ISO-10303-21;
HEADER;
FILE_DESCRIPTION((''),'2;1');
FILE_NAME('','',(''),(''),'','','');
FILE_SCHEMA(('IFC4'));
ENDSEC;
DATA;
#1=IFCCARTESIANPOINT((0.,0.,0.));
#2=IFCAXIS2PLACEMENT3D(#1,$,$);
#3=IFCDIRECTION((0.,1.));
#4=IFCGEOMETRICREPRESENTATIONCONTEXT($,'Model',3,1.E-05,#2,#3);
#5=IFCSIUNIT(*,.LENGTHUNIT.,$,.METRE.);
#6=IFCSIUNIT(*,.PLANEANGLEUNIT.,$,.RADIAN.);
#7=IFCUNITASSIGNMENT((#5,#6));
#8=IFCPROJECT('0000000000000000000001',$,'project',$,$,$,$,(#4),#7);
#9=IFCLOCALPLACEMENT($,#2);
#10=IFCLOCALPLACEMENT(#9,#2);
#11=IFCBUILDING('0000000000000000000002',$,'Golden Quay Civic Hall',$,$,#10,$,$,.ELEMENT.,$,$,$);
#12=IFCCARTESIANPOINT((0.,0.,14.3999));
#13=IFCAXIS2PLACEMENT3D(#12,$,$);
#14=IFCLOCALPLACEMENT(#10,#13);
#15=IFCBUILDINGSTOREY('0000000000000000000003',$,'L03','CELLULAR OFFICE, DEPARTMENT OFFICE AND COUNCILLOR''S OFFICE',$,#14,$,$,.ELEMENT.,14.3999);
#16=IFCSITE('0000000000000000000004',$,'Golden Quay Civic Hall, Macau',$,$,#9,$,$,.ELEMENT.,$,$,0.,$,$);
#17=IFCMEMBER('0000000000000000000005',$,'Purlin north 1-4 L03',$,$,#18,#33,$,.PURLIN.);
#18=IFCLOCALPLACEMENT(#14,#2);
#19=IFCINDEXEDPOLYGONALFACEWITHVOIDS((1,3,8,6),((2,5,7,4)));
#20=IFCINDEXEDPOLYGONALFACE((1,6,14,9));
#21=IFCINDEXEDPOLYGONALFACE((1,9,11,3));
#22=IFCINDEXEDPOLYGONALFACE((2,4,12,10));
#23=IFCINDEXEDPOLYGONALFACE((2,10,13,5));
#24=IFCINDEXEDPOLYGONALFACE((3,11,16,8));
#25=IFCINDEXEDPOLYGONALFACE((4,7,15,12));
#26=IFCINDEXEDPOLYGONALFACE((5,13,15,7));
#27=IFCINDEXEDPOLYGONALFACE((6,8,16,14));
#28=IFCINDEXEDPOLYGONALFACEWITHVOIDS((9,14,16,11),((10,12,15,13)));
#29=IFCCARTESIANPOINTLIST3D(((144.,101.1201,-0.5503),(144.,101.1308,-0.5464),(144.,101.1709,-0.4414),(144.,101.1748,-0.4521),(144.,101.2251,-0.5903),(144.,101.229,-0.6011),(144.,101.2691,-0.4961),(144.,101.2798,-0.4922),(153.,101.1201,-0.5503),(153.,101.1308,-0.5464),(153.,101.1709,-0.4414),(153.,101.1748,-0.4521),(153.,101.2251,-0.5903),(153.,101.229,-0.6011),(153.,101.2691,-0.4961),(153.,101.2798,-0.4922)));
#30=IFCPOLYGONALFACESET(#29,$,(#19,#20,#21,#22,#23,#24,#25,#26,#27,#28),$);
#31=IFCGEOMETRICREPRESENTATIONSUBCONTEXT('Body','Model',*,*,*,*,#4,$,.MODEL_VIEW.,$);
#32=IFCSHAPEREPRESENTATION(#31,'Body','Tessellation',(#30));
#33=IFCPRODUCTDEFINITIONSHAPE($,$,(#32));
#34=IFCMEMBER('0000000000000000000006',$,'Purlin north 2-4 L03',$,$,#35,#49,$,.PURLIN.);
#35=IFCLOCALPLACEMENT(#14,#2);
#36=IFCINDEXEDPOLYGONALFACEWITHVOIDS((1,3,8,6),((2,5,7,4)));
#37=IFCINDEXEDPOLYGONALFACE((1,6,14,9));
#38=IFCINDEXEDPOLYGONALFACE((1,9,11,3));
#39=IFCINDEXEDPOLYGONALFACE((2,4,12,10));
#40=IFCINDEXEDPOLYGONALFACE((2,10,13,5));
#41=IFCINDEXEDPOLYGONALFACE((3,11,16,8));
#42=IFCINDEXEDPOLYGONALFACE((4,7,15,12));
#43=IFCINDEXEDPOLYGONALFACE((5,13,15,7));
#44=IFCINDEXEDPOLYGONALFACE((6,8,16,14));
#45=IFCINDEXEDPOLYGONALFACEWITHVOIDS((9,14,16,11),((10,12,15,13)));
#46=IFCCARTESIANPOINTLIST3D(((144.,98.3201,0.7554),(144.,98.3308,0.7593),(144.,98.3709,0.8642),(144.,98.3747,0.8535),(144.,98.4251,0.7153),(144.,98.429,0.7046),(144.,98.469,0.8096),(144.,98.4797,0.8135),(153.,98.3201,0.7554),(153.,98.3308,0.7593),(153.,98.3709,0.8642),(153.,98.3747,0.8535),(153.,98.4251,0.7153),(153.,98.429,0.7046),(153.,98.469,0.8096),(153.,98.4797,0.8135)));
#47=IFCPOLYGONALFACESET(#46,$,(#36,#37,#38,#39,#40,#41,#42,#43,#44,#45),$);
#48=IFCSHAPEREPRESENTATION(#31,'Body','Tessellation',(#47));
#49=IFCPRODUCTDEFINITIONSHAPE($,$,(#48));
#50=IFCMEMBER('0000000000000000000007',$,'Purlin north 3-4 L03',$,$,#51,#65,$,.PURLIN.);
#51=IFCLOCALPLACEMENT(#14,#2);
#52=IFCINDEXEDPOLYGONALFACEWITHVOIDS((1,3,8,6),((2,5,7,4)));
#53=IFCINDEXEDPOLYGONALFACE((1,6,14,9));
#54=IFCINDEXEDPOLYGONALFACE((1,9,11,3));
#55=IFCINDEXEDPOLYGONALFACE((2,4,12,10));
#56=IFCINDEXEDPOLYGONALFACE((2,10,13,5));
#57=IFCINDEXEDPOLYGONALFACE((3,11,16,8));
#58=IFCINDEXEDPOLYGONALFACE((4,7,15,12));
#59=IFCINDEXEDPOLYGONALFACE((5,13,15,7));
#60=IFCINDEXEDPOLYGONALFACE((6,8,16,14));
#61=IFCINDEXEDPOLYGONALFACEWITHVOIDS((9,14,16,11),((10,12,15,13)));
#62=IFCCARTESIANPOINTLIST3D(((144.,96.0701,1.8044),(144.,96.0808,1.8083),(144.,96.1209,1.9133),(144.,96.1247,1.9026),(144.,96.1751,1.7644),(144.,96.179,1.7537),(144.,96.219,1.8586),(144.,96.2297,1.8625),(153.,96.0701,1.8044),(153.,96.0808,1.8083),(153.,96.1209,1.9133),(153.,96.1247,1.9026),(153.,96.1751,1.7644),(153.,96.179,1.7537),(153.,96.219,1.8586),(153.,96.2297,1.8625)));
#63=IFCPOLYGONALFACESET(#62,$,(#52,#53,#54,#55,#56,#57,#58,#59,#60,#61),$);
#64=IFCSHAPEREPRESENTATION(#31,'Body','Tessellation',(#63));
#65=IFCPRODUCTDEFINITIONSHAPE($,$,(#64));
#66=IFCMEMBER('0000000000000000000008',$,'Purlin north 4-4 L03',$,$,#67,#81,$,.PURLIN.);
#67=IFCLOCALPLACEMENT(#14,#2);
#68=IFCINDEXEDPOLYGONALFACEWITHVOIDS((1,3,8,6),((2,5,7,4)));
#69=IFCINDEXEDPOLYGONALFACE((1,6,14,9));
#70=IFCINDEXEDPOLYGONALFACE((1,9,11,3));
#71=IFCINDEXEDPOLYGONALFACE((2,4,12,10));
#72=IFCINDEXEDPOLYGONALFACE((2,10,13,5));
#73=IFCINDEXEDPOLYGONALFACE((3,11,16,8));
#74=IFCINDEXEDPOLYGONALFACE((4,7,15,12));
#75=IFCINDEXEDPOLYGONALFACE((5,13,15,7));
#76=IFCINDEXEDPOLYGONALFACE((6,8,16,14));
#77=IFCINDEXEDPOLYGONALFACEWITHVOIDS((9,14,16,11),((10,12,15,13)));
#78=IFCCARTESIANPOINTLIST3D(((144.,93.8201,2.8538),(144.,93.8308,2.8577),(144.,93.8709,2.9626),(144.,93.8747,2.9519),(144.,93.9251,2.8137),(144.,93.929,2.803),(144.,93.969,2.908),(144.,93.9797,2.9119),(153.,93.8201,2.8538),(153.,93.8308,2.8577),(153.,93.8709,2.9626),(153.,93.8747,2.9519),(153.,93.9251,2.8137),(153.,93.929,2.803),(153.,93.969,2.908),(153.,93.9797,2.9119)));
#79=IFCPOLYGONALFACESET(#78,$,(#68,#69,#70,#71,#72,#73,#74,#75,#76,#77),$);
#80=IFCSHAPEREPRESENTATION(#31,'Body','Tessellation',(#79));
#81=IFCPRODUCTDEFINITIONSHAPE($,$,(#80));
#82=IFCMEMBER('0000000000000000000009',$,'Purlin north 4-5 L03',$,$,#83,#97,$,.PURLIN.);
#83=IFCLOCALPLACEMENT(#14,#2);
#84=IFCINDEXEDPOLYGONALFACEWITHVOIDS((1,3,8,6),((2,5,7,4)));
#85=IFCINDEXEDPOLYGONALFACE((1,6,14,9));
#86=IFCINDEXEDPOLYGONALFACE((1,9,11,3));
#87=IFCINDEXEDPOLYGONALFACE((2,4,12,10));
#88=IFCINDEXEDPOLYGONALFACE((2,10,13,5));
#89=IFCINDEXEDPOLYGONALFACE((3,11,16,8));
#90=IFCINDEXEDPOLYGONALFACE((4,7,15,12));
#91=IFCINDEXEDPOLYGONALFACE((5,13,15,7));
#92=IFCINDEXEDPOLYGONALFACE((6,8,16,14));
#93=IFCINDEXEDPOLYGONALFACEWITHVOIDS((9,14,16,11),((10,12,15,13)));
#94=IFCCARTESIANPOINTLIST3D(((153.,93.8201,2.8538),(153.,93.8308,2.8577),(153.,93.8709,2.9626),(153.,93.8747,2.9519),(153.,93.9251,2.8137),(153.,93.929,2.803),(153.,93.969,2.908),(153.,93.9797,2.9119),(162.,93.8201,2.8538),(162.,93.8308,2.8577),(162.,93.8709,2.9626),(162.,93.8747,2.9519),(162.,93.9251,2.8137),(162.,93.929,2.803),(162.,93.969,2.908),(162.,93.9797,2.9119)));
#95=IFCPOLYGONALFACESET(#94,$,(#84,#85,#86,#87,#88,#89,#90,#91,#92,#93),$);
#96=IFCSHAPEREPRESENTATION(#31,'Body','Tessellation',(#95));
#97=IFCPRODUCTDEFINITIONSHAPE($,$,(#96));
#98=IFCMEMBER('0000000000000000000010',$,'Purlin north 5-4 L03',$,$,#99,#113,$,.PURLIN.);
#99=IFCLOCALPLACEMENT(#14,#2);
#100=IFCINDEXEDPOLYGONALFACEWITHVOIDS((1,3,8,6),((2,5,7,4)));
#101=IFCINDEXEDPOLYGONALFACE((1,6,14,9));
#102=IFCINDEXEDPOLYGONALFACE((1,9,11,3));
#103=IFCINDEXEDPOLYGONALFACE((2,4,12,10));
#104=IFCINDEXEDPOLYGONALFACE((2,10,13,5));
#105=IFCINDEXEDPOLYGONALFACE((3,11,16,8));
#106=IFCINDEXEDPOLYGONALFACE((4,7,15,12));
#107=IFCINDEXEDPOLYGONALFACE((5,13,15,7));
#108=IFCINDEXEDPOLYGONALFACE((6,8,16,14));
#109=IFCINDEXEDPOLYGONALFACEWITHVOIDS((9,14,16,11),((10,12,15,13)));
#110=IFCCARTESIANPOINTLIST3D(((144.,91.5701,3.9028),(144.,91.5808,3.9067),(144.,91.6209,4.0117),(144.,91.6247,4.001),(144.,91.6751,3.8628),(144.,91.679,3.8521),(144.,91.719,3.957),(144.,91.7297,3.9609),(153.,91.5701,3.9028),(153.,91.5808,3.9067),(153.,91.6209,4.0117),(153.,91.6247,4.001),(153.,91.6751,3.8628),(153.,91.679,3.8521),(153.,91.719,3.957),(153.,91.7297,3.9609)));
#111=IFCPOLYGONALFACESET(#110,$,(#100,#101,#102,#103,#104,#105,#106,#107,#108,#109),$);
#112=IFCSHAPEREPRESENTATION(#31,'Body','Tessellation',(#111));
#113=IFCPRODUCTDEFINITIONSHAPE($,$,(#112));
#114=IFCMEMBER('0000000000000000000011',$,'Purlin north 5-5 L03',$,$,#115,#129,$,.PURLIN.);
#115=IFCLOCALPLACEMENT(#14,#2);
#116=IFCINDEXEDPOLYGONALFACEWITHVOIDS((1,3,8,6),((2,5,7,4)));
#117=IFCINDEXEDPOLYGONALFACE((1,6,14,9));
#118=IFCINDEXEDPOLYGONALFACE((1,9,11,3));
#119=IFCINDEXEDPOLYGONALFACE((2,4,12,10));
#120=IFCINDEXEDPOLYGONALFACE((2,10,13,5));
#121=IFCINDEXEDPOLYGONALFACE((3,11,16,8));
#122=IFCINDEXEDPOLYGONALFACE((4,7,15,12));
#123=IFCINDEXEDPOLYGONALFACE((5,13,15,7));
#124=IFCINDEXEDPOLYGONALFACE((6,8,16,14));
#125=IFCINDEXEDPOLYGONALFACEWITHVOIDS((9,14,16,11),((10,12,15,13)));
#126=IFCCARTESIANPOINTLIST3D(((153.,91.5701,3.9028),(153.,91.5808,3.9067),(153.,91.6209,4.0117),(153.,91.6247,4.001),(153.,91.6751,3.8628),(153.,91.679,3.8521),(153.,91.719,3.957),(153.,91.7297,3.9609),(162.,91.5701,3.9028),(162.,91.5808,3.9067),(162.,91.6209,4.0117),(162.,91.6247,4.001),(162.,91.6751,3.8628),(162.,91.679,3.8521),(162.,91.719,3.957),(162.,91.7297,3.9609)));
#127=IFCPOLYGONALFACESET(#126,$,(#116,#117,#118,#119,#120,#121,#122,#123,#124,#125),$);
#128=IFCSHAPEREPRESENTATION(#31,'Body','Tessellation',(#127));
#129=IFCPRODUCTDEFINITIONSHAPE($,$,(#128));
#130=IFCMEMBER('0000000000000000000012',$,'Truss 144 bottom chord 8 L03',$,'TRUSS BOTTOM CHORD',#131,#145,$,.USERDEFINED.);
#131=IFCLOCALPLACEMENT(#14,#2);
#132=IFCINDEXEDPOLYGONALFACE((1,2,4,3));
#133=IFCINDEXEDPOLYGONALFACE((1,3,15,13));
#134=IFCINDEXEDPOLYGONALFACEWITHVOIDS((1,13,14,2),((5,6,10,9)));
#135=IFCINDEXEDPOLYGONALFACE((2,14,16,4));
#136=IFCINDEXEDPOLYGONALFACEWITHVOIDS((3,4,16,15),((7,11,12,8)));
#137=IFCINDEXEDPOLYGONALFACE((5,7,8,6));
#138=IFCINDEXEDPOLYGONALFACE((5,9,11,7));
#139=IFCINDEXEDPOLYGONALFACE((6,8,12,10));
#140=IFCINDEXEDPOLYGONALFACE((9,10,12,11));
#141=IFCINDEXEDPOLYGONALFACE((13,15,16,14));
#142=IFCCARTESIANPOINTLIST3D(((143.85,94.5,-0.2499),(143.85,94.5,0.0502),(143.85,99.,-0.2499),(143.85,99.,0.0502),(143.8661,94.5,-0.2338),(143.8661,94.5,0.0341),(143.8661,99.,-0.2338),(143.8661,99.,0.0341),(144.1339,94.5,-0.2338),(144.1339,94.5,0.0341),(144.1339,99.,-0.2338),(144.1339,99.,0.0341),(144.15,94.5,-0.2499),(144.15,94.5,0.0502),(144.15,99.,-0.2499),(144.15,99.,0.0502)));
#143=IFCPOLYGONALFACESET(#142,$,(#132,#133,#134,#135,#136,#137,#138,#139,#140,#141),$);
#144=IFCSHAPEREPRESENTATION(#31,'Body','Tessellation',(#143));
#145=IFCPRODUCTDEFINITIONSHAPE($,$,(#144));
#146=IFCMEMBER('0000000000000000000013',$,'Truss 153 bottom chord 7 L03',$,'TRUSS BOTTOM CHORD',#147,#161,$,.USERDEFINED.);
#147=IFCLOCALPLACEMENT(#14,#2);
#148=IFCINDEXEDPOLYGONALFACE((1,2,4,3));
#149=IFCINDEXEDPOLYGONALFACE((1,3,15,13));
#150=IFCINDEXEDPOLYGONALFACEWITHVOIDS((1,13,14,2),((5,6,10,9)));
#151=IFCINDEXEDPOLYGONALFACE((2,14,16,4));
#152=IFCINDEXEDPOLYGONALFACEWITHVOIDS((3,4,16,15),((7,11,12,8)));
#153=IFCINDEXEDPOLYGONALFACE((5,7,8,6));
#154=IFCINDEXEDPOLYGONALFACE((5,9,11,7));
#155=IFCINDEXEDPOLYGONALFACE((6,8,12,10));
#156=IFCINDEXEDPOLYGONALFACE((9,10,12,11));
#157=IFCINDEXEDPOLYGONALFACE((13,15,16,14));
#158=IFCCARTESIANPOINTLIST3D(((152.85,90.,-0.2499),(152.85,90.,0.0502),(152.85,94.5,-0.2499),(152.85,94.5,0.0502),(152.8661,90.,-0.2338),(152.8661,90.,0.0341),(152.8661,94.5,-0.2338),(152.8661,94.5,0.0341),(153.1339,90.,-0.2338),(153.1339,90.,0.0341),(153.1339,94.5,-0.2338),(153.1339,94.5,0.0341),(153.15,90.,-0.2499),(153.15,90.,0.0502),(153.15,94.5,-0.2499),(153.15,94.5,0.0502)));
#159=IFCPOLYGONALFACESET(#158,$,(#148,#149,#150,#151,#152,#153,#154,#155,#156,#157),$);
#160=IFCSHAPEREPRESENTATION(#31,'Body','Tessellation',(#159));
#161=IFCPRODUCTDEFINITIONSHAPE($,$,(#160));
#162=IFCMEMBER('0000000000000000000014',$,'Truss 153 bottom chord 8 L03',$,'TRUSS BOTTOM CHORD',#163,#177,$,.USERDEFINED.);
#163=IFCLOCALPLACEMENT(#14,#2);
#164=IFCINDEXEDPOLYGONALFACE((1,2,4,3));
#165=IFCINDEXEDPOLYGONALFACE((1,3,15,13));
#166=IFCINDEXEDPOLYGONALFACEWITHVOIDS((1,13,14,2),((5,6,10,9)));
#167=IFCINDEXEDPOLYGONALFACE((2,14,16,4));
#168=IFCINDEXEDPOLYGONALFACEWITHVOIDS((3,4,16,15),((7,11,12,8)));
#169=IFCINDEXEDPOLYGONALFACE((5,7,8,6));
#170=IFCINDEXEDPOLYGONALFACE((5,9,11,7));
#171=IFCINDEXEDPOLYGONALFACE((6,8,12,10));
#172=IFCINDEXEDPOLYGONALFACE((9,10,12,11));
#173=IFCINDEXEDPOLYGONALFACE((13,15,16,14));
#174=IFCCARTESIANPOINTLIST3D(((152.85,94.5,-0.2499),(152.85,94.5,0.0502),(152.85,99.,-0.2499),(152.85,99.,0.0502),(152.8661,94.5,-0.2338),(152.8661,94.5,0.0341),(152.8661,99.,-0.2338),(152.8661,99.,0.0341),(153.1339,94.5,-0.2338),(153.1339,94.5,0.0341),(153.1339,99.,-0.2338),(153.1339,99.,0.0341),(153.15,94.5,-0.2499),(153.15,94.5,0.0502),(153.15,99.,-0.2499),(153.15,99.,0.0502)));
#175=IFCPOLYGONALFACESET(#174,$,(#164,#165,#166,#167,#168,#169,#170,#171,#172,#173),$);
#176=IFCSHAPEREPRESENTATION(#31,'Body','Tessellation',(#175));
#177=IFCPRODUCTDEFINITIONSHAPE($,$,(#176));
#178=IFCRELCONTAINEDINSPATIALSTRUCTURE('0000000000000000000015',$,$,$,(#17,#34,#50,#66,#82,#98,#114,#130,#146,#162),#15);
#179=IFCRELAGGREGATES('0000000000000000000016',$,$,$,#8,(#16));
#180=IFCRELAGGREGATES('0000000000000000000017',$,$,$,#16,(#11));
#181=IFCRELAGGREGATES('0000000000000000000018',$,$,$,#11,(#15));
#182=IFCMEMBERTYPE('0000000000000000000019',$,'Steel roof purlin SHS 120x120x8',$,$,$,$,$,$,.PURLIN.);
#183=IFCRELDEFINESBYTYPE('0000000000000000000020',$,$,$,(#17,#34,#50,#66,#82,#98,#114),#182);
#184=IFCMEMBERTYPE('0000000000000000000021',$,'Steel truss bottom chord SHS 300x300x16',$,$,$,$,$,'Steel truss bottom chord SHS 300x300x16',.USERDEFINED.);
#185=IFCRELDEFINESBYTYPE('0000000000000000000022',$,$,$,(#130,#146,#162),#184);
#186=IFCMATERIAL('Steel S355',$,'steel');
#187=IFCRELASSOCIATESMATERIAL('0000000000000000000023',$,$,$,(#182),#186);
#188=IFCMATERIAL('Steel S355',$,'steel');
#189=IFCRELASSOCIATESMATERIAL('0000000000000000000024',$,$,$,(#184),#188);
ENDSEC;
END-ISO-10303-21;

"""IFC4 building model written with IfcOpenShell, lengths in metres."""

from ifc_helpers import new_model, si_unit, direction, frame, origin, origin_2d, place, context, subcontext, project, spatial, hollow_rectangle, extrude, material, material_profile, profile_set, type_object, element, save


model = new_model("IFC4")

# Units and contexts
model_context = context("Model", 3, precision=1e-05, world=origin(), true_north=direction((0.0, 1.0)))
body_context = subcontext(model_context, "Body", "Model", "MODEL_VIEW")
ifc_project = project(units=[si_unit("LENGTHUNIT", "METRE"), si_unit("PLANEANGLEUNIT", "RADIAN")], contexts=[model_context])

# Site, building, storey
site_placement = place(None, origin())
site = spatial("IfcSite", under=ifc_project, at=site_placement, Name="Golden Quay Civic Hall, Macau", CompositionType="ELEMENT", RefElevation=0.0)
building_placement = place(site_placement, origin())
building = spatial("IfcBuilding", under=site, at=building_placement, Name="Golden Quay Civic Hall", CompositionType="ELEMENT")
storey_placement = place(building_placement, frame((0.0, 0.0, 14.3999)))
storey = spatial("IfcBuildingStorey", under=building, at=storey_placement, Name="L03", Description="CELLULAR OFFICE, DEPARTMENT OFFICE AND COUNCILLOR'S OFFICE", CompositionType="ELEMENT", Elevation=14.3999)

# Members
ifc_material_1 = material(Name="Steel S355", Category="steel")
ifc_material_profile_1 = material_profile(ifc_material_1, hollow_rectangle(XDim=0.1201, YDim=0.1201, WallThickness=0.0081, at=origin_2d()), Name="SHS 120x120x8")
ifc_profile_set_1 = profile_set([ifc_material_profile_1], Name="Steel S355")
member_type_1 = type_object("IfcMemberType", Name="Steel roof purlin SHS 120x120x8", PredefinedType="PURLIN", material=ifc_profile_set_1)
for number, where, z_axis, x_axis, name in (
    (1, (144.0, 101.2, -0.5212), (1.0, 0.0, 0.0), (0.0, 0.906308, -0.422618), "Purlin north 1-4 L03"),
    (2, (144.0, 98.3999, 0.7844), (1.0, 0.0, 0.0), (0.0, 0.906308, -0.422618), "Purlin north 2-4 L03"),
    (3, (144.0, 96.1499, 1.8335), (1.0, 0.0, 0.0), (0.0, 0.906308, -0.422618), "Purlin north 3-4 L03"),
    (4, (144.0, 93.8999, 2.8828), (1.0, 0.0, 0.0), (0.0, 0.906308, -0.422618), "Purlin north 4-4 L03"),
    (5, (153.0, 93.8999, 2.8828), (1.0, 0.0, 0.0), (0.0, 0.906308, -0.422618), "Purlin north 4-5 L03"),
    (6, (144.0, 91.6499, 3.9319), (1.0, 0.0, 0.0), (0.0, 0.906308, -0.422618), "Purlin north 5-4 L03"),
    (7, (153.0, 91.6499, 3.9319), (1.0, 0.0, 0.0), (0.0, 0.906308, -0.422618), "Purlin north 5-5 L03"),
):
    element("IfcMember", number, at=place(storey_placement, frame(where, z_axis=z_axis, x_axis=x_axis)), inside=storey, type_object=member_type_1, Name=name, PredefinedType="PURLIN", context=body_context, shape_type="SweptSolid", body=[
        extrude(hollow_rectangle(XDim=0.1201, YDim=0.1201, WallThickness=0.0081, at=origin_2d()), origin(), (0.0, 0.0, 1.0), 9.0),
    ])
ifc_material_2 = material(Name="Steel S355", Category="steel")
ifc_material_profile_2 = material_profile(ifc_material_2, hollow_rectangle(XDim=0.3, YDim=0.3, WallThickness=0.0161, at=origin_2d()), Name="SHS 300x300x16")
ifc_profile_set_2 = profile_set([ifc_material_profile_2], Name="Steel S355")
member_type_2 = type_object("IfcMemberType", Name="Steel truss bottom chord SHS 300x300x16", ElementType="Steel truss bottom chord SHS 300x300x16", PredefinedType="USERDEFINED", material=ifc_profile_set_2)
for number, where, z_axis, x_axis, name in (
    (8, (144.0, 94.5, -0.0999), (0.0, 1.0, 0.0), (-1.0, 0.0, 0.0), "Truss 144 bottom chord 8 L03"),
    (9, (153.0, 90.0, -0.0999), (0.0, 1.0, 0.0), (-1.0, 0.0, 0.0), "Truss 153 bottom chord 7 L03"),
    (10, (153.0, 94.5, -0.0999), (0.0, 1.0, 0.0), (-1.0, 0.0, 0.0), "Truss 153 bottom chord 8 L03"),
):
    element("IfcMember", number, at=place(storey_placement, frame(where, z_axis=z_axis, x_axis=x_axis)), inside=storey, type_object=member_type_2, Name=name, ObjectType="TRUSS BOTTOM CHORD", PredefinedType="USERDEFINED", context=body_context, shape_type="SweptSolid", body=[
        extrude(hollow_rectangle(XDim=0.3, YDim=0.3, WallThickness=0.0161, at=origin_2d()), origin(), (0.0, 0.0, 1.0), 4.5),
    ])

save(model, "model.ifc")
